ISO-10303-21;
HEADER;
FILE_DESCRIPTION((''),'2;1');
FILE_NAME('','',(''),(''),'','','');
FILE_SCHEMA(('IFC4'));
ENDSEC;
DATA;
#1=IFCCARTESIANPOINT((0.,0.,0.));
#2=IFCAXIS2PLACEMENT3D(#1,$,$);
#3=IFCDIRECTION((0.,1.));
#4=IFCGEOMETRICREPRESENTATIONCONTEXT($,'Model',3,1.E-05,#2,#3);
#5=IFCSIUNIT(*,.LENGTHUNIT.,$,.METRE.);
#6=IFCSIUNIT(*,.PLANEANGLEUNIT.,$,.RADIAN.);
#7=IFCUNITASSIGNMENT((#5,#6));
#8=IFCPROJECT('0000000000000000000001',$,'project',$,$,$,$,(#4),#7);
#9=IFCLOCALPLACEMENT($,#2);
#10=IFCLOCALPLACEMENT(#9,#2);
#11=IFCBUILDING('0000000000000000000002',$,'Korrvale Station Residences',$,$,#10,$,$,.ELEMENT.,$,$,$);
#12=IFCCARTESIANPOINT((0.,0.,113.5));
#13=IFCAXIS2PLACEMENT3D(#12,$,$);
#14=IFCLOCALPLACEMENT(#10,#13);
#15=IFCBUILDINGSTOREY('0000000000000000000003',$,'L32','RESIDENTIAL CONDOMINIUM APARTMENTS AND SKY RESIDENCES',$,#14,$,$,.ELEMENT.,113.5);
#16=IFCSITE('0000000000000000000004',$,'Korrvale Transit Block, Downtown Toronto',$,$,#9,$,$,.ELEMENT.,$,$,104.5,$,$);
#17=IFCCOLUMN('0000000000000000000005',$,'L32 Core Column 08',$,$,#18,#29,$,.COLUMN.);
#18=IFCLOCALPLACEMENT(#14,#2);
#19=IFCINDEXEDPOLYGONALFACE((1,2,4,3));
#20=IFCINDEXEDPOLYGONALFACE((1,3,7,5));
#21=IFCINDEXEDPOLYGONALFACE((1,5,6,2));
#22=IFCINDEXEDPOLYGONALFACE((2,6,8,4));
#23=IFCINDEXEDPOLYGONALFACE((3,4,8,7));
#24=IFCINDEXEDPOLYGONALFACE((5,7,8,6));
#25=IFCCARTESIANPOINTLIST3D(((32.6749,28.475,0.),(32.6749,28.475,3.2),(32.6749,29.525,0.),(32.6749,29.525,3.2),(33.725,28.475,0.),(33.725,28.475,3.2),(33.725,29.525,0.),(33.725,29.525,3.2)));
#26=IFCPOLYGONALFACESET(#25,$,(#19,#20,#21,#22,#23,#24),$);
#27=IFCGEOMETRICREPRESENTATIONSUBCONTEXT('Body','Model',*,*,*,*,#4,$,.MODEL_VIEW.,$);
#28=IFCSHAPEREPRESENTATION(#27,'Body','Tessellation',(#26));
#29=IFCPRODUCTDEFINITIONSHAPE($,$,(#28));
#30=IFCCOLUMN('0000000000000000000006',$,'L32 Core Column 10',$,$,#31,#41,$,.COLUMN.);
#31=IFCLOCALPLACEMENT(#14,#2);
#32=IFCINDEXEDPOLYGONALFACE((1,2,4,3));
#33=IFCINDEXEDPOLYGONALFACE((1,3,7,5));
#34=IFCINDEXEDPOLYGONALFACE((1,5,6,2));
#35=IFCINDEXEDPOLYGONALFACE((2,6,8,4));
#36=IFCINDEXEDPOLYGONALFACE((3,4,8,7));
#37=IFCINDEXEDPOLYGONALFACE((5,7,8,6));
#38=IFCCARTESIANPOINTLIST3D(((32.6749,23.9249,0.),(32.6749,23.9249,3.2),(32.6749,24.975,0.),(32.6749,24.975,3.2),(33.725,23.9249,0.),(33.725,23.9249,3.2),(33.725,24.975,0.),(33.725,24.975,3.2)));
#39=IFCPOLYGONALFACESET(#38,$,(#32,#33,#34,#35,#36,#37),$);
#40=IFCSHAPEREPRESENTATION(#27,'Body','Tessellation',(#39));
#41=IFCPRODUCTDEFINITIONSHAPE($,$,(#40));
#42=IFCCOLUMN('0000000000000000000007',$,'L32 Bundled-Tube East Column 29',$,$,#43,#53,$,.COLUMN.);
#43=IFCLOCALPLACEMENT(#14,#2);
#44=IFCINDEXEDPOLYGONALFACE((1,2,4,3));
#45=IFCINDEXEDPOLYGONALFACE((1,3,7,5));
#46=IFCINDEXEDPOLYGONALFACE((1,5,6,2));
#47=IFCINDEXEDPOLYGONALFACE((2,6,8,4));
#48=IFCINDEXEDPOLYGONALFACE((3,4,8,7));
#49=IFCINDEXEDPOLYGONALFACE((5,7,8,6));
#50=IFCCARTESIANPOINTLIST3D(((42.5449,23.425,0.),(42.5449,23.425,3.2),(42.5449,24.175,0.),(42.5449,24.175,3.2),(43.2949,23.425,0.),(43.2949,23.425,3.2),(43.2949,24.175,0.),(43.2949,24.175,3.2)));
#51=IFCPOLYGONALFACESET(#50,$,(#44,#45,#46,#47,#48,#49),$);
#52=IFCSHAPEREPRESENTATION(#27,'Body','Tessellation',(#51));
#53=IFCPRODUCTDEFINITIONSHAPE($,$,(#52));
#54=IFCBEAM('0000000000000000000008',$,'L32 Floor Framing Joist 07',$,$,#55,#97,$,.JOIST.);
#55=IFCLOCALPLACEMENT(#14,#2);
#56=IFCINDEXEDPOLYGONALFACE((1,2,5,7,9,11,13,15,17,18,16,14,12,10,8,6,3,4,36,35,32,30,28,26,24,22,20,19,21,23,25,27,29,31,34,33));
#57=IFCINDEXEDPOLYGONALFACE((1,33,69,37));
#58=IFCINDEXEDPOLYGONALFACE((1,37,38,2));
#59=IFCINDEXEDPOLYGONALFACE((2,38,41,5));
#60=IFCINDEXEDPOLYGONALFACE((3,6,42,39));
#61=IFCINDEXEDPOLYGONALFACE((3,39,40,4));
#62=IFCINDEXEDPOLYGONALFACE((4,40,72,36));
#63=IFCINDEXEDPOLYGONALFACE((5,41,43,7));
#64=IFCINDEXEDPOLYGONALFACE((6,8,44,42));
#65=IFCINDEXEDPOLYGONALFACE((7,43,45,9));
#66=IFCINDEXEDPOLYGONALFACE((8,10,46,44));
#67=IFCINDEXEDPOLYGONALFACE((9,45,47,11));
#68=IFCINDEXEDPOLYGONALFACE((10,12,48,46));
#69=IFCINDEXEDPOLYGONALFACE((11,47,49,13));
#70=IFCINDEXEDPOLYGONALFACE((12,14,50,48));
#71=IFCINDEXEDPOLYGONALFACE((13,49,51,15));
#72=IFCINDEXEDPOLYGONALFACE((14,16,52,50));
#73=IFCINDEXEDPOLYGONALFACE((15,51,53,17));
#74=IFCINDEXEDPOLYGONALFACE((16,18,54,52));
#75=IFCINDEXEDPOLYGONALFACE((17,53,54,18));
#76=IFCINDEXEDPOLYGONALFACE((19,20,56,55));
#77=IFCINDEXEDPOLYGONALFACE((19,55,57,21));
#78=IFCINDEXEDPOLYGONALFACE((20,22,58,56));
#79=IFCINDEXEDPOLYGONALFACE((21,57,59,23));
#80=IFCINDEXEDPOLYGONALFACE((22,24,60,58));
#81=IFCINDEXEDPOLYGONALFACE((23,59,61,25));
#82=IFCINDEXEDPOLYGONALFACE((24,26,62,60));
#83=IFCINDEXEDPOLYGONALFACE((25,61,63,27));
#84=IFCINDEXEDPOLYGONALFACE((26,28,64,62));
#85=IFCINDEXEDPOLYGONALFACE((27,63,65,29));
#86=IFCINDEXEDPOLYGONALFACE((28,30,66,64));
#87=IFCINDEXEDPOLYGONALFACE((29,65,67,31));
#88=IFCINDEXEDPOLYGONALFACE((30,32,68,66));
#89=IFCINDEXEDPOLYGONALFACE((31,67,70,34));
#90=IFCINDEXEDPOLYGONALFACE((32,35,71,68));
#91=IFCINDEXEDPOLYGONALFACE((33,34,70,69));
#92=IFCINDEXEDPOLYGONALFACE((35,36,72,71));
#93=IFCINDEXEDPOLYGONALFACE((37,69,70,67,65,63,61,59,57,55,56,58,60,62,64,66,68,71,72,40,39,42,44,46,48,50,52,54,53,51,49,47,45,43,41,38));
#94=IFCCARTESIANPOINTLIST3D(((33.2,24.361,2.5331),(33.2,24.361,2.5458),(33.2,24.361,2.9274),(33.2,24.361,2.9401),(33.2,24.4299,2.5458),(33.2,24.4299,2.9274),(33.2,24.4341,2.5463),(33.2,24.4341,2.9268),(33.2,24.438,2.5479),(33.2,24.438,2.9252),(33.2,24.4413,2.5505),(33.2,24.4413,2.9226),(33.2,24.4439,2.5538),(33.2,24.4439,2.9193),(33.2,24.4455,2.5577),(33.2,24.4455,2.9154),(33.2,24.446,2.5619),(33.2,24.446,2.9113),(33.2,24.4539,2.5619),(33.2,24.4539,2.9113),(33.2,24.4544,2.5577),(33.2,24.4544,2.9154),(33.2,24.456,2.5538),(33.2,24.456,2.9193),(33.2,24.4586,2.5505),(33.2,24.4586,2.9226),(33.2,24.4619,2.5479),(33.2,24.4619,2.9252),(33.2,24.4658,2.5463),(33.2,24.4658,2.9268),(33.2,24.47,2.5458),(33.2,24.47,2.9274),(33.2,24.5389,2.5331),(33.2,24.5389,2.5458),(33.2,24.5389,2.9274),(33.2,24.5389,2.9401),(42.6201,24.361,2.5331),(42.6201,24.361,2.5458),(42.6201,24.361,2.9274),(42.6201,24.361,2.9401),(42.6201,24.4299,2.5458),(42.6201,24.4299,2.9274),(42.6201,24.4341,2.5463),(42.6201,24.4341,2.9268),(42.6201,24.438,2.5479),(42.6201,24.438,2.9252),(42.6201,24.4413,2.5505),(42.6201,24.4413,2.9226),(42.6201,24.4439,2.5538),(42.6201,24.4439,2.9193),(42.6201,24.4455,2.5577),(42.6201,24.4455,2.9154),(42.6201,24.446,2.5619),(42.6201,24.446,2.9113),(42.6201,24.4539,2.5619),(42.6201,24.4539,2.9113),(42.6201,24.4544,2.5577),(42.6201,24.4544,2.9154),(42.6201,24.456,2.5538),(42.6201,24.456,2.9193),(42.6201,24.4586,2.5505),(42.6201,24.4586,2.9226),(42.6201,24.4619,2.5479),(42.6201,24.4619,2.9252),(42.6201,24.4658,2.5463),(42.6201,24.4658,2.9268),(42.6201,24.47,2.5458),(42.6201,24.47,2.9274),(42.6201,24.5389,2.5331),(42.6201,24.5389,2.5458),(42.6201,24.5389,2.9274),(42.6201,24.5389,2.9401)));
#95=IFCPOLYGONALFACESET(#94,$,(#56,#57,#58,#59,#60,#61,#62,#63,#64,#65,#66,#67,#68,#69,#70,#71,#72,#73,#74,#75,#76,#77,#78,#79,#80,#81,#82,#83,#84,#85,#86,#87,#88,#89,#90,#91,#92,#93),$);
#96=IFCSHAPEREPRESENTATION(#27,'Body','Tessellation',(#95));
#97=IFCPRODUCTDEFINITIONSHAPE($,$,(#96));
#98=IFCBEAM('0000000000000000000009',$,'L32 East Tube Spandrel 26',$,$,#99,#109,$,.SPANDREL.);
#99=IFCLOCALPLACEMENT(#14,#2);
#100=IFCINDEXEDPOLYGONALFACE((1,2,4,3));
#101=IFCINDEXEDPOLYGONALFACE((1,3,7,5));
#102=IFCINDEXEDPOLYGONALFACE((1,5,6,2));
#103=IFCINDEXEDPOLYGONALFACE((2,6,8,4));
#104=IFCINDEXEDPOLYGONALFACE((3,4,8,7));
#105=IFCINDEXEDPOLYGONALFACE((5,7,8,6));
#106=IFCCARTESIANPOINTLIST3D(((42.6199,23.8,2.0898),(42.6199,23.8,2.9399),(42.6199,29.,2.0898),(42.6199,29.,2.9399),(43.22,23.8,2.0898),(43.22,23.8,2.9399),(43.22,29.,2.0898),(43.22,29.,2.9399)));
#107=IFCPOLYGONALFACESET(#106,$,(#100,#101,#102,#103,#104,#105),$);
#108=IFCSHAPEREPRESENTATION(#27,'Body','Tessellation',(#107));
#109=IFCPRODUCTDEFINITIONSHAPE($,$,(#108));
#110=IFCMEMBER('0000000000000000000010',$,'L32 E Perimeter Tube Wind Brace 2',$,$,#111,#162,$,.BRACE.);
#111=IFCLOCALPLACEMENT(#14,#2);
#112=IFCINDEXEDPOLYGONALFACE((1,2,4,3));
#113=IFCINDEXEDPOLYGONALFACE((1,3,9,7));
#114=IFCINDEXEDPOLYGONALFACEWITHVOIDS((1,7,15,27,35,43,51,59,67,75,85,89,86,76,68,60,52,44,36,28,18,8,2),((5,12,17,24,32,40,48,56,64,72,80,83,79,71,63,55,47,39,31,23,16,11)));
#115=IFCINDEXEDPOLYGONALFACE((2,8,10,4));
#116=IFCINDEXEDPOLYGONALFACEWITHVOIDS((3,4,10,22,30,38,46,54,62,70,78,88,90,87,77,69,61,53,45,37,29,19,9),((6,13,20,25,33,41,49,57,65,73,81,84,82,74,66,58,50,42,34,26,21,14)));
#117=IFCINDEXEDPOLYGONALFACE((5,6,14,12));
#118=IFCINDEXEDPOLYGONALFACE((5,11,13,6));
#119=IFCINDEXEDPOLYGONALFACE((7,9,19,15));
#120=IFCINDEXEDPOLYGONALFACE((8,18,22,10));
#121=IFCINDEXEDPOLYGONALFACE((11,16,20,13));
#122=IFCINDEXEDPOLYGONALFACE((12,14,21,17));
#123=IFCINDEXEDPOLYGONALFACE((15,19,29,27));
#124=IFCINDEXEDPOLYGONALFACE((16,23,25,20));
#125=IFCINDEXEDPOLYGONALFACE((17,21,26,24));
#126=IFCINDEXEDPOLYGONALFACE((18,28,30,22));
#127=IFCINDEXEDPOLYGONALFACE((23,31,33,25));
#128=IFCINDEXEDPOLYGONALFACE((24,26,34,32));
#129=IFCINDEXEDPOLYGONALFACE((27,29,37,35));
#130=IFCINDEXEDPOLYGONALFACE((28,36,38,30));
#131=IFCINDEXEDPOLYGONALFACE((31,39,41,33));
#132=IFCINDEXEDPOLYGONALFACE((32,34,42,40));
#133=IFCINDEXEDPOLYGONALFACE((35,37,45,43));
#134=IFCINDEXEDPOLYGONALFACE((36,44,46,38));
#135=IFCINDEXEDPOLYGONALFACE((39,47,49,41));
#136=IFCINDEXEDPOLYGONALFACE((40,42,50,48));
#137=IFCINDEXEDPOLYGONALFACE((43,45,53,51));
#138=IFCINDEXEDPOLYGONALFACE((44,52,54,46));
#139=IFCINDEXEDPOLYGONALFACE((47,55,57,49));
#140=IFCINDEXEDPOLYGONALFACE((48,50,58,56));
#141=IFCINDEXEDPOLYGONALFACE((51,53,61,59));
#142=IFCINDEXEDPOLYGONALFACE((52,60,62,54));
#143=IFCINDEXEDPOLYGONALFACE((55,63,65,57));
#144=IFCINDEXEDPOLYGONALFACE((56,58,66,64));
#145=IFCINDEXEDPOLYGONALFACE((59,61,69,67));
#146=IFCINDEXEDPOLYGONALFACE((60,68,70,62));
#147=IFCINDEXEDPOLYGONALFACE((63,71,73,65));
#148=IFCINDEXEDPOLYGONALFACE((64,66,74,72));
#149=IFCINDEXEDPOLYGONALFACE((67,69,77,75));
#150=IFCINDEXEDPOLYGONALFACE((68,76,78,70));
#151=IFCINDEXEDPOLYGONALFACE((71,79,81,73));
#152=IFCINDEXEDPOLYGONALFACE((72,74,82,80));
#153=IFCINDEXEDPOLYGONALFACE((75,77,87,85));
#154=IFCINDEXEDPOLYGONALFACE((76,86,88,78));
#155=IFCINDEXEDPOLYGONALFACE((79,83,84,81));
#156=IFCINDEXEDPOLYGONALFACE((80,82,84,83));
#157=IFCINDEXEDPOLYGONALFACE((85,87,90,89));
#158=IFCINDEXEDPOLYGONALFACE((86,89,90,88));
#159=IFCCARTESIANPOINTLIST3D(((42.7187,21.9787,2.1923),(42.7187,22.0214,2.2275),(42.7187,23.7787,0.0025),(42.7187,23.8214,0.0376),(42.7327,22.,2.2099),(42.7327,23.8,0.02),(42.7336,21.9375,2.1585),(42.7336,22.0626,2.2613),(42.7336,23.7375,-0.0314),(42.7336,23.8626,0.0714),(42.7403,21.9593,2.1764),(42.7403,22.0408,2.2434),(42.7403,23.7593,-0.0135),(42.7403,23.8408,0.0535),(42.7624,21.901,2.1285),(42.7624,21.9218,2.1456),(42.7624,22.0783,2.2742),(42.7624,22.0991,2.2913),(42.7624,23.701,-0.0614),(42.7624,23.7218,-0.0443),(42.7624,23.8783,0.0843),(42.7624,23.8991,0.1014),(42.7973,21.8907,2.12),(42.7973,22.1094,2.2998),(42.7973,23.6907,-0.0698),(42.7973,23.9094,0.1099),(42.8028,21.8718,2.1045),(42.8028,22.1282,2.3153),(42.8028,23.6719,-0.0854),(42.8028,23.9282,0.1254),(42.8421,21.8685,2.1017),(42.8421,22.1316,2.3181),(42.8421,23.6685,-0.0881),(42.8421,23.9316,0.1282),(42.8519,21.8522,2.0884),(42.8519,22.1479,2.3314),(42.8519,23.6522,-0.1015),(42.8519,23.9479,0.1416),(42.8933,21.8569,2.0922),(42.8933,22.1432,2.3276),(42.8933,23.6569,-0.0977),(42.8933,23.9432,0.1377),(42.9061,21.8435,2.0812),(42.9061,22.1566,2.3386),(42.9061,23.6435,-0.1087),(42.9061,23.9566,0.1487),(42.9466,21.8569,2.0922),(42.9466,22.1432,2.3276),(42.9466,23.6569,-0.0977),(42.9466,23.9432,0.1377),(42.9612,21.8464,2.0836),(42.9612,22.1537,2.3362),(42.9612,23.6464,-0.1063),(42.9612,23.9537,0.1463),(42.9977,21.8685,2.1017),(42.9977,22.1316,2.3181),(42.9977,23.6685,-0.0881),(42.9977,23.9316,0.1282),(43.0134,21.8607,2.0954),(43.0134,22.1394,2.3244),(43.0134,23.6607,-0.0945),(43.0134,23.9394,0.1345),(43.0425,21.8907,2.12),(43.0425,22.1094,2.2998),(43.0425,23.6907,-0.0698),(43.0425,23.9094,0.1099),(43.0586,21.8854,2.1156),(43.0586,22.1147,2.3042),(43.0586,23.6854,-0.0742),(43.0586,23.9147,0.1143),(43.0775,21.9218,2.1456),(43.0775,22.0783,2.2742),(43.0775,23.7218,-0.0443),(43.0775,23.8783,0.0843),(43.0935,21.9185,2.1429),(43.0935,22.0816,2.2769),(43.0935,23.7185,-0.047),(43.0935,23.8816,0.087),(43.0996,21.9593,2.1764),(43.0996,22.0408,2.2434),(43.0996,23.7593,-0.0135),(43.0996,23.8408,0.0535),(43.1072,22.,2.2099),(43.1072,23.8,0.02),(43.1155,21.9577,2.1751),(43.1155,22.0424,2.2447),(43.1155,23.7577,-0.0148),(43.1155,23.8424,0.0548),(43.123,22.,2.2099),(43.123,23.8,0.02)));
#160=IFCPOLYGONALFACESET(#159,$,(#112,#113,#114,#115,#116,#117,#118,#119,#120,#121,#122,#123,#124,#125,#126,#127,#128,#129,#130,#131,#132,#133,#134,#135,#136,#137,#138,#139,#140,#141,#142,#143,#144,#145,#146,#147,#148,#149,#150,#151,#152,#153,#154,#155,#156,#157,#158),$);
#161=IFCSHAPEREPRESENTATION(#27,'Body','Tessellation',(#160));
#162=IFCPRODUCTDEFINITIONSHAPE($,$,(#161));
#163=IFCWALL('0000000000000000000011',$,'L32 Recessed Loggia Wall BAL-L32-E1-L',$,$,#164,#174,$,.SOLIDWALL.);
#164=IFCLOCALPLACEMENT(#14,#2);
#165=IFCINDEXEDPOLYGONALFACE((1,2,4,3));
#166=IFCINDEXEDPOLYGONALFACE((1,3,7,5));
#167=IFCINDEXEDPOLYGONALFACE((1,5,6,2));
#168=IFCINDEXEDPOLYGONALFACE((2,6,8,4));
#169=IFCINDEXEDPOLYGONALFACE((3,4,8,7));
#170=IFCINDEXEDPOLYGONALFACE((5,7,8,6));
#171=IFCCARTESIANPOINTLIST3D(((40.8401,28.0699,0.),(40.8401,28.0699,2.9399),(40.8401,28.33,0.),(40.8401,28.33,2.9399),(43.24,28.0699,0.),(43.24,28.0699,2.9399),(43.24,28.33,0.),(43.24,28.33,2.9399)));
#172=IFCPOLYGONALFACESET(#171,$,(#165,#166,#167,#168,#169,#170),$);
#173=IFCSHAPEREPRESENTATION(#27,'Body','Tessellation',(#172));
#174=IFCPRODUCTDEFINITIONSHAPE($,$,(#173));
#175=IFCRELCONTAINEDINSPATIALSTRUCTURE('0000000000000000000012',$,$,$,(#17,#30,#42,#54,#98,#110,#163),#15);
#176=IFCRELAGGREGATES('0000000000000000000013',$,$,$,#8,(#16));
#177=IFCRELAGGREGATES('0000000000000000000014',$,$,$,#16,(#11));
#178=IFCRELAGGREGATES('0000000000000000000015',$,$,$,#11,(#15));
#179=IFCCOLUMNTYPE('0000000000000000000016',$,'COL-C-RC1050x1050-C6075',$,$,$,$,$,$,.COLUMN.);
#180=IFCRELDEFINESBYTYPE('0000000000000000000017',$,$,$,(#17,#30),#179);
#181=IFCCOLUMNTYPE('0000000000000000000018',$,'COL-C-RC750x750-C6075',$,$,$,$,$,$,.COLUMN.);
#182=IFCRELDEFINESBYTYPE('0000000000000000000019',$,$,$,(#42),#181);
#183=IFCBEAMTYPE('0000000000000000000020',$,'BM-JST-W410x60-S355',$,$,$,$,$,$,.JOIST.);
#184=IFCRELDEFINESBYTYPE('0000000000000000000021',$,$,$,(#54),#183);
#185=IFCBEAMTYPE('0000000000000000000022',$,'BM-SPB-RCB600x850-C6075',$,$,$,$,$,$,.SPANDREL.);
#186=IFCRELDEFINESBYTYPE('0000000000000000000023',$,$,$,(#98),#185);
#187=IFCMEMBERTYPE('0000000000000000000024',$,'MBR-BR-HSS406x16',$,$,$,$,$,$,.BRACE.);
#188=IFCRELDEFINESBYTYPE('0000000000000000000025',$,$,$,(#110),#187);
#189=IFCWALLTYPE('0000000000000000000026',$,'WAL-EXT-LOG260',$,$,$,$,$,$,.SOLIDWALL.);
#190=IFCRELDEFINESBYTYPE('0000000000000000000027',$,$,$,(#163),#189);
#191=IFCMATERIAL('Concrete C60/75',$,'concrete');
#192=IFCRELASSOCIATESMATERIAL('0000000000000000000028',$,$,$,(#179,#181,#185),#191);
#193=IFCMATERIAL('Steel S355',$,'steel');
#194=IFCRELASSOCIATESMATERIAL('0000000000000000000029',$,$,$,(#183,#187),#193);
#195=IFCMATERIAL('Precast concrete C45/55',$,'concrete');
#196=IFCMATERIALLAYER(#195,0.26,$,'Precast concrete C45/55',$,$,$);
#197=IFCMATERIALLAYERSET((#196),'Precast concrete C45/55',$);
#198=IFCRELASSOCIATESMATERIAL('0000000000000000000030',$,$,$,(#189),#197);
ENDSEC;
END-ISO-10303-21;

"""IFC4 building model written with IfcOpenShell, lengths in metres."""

from ifc_helpers import new_model, si_unit, direction, frame, frame_2d, origin, origin_2d, place, context, subcontext, project, spatial, rectangle, hollow_circle, i_section, extrude, material, layer, layer_set, material_profile, profile_set, type_object, element, save


model = new_model("IFC4")

# Units and contexts
model_context = context("Model", 3, precision=1e-05, world=origin(), true_north=direction((0.0, 1.0)))
body_context = subcontext(model_context, "Body", "Model", "MODEL_VIEW")
ifc_project = project(units=[si_unit("LENGTHUNIT", "METRE"), si_unit("PLANEANGLEUNIT", "RADIAN")], contexts=[model_context])

# Site, building, storey
site_placement = place(None, origin())
site = spatial("IfcSite", under=ifc_project, at=site_placement, Name="Korrvale Transit Block, Downtown Toronto", CompositionType="ELEMENT", RefElevation=104.5)
building_placement = place(site_placement, origin())
building = spatial("IfcBuilding", under=site, at=building_placement, Name="Korrvale Station Residences", CompositionType="ELEMENT")
storey_placement = place(building_placement, frame((0.0, 0.0, 113.5)))
storey = spatial("IfcBuildingStorey", under=building, at=storey_placement, Name="L32", Description="RESIDENTIAL CONDOMINIUM APARTMENTS AND SKY RESIDENCES", CompositionType="ELEMENT", Elevation=113.5)

# Columns
ifc_material_1 = material(Name="Concrete C60/75", Category="concrete")
ifc_material_profile_1 = material_profile(ifc_material_1, rectangle(XDim=1.05, YDim=1.05, at=origin_2d()), Name="RC1050x1050")
ifc_profile_set_1 = profile_set([ifc_material_profile_1], Name="Concrete C60/75")
column_type_1 = type_object("IfcColumnType", Name="COL-C-RC1050x1050-C6075", PredefinedType="COLUMN", material=ifc_profile_set_1)
for number, where, z_axis, x_axis, name in (
    (1, (33.2, 29.0, 0.0), (0.0, 0.0, 1.0), (1.0, 0.0, 0.0), "L32 Core Column 08"),
    (2, (33.2, 24.45, 0.0), (0.0, 0.0, 1.0), (1.0, 0.0, 0.0), "L32 Core Column 10"),
):
    element("IfcColumn", number, at=place(storey_placement, frame(where, z_axis=z_axis, x_axis=x_axis)), inside=storey, type_object=column_type_1, Name=name, PredefinedType="COLUMN", context=body_context, shape_type="SweptSolid", body=[
        extrude(rectangle(XDim=1.05, YDim=1.05, at=origin_2d()), origin(), (0.0, 0.0, 1.0), 3.2),
    ])
ifc_material_profile_2 = material_profile(ifc_material_1, rectangle(XDim=0.75, YDim=0.75, at=origin_2d()), Name="RC750x750")
ifc_profile_set_2 = profile_set([ifc_material_profile_2], Name="Concrete C60/75")
column_type_2 = type_object("IfcColumnType", Name="COL-C-RC750x750-C6075", PredefinedType="COLUMN", material=ifc_profile_set_2)
column_placement = place(storey_placement, frame((42.9199, 23.8, 0.0), z_axis=(0.0, 0.0, 1.0), x_axis=(1.0, 0.0, 0.0)))
element("IfcColumn", 3, at=column_placement, inside=storey, type_object=column_type_2, Name="L32 Bundled-Tube East Column 29", PredefinedType="COLUMN", context=body_context, shape_type="SweptSolid", body=[
    extrude(rectangle(XDim=0.75, YDim=0.75, at=origin_2d()), origin(), (0.0, 0.0, 1.0), 3.2),
])

# Beams
ifc_material_2 = material(Name="Steel S355", Category="steel")
ifc_material_profile_3 = material_profile(ifc_material_2, i_section(OverallWidth=0.178, OverallDepth=0.407, WebThickness=0.0078, FlangeThickness=0.0127, FilletRadius=0.0161, at=origin_2d()), Name="W410x60")
ifc_profile_set_3 = profile_set([ifc_material_profile_3], Name="Steel S355")
beam_type_1 = type_object("IfcBeamType", Name="BM-JST-W410x60-S355", PredefinedType="JOIST", material=ifc_profile_set_3)
beam_1_placement = place(storey_placement, frame((33.2, 24.45, 2.7366), z_axis=(1.0, 0.0, 0.0), x_axis=(0.0, 1.0, 0.0)))
element("IfcBeam", 4, at=beam_1_placement, inside=storey, type_object=beam_type_1, Name="L32 Floor Framing Joist 07", PredefinedType="JOIST", context=body_context, shape_type="SweptSolid", body=[
    extrude(i_section(OverallWidth=0.178, OverallDepth=0.407, WebThickness=0.0078, FlangeThickness=0.0127, FilletRadius=0.0161, at=origin_2d()), origin(), (0.0, 0.0, 1.0), 9.4202),
])
ifc_material_profile_4 = material_profile(ifc_material_1, rectangle(XDim=0.6001, YDim=0.8501, at=origin_2d()), Name="RCB600x850")
ifc_profile_set_4 = profile_set([ifc_material_profile_4], Name="Concrete C60/75")
beam_type_2 = type_object("IfcBeamType", Name="BM-SPB-RCB600x850-C6075", PredefinedType="SPANDREL", material=ifc_profile_set_4)
beam_2_placement = place(storey_placement, frame((42.9199, 23.8, 2.5149), z_axis=(0.0, 1.0, 0.0), x_axis=(-1.0, 0.0, 0.0)))
element("IfcBeam", 5, at=beam_2_placement, inside=storey, type_object=beam_type_2, Name="L32 East Tube Spandrel 26", PredefinedType="SPANDREL", context=body_context, shape_type="SweptSolid", body=[
    extrude(rectangle(XDim=0.6001, YDim=0.8501, at=origin_2d()), origin(), (0.0, 0.0, 1.0), 5.2),
])

# Member
ifc_material_profile_5 = material_profile(ifc_material_2, hollow_circle(Radius=0.2031, WallThickness=0.0159, at=origin_2d()), Name="HSS406x16")
ifc_profile_set_5 = profile_set([ifc_material_profile_5], Name="Steel S355")
member_type = type_object("IfcMemberType", Name="MBR-BR-HSS406x16", PredefinedType="BRACE", material=ifc_profile_set_5)
member_placement = place(storey_placement, frame((42.9199, 23.8, 0.02), z_axis=(0.0, -0.634985, 0.772524), x_axis=(1.0, 0.0, 0.0)))
element("IfcMember", 6, at=member_placement, inside=storey, type_object=member_type, Name="L32 E Perimeter Tube Wind Brace 2", PredefinedType="BRACE", context=body_context, shape_type="SweptSolid", body=[
    extrude(hollow_circle(Radius=0.2031, WallThickness=0.0159, at=origin_2d()), origin(), (0.0, 0.0, 1.0), 2.8347),
])

# Wall
ifc_material_3 = material(Name="Precast concrete C45/55", Category="concrete")
ifc_layer_1 = layer(ifc_material_3, 0.26, Name="Precast concrete C45/55")
ifc_layer_set_1 = layer_set([ifc_layer_1], Name="Precast concrete C45/55")
wall_type_1 = type_object("IfcWallType", Name="WAL-EXT-LOG260", PredefinedType="SOLIDWALL", material=ifc_layer_set_1)
wall_1_placement = place(storey_placement, frame((43.24, 28.2, 0.0), z_axis=(0.0, 0.0, 1.0), x_axis=(-1.0, 0.0, 0.0)))
element("IfcWall", 7, at=wall_1_placement, inside=storey, type_object=wall_type_1, Name="L32 Recessed Loggia Wall BAL-L32-E1-L", PredefinedType="SOLIDWALL", context=body_context, shape_type="SweptSolid", body=[
    extrude(rectangle(XDim=2.3999, YDim=0.26, at=frame_2d((1.2, 0.0))), origin(), (0.0, 0.0, 1.0), 2.9399),
])

save(model, "model.ifc")
